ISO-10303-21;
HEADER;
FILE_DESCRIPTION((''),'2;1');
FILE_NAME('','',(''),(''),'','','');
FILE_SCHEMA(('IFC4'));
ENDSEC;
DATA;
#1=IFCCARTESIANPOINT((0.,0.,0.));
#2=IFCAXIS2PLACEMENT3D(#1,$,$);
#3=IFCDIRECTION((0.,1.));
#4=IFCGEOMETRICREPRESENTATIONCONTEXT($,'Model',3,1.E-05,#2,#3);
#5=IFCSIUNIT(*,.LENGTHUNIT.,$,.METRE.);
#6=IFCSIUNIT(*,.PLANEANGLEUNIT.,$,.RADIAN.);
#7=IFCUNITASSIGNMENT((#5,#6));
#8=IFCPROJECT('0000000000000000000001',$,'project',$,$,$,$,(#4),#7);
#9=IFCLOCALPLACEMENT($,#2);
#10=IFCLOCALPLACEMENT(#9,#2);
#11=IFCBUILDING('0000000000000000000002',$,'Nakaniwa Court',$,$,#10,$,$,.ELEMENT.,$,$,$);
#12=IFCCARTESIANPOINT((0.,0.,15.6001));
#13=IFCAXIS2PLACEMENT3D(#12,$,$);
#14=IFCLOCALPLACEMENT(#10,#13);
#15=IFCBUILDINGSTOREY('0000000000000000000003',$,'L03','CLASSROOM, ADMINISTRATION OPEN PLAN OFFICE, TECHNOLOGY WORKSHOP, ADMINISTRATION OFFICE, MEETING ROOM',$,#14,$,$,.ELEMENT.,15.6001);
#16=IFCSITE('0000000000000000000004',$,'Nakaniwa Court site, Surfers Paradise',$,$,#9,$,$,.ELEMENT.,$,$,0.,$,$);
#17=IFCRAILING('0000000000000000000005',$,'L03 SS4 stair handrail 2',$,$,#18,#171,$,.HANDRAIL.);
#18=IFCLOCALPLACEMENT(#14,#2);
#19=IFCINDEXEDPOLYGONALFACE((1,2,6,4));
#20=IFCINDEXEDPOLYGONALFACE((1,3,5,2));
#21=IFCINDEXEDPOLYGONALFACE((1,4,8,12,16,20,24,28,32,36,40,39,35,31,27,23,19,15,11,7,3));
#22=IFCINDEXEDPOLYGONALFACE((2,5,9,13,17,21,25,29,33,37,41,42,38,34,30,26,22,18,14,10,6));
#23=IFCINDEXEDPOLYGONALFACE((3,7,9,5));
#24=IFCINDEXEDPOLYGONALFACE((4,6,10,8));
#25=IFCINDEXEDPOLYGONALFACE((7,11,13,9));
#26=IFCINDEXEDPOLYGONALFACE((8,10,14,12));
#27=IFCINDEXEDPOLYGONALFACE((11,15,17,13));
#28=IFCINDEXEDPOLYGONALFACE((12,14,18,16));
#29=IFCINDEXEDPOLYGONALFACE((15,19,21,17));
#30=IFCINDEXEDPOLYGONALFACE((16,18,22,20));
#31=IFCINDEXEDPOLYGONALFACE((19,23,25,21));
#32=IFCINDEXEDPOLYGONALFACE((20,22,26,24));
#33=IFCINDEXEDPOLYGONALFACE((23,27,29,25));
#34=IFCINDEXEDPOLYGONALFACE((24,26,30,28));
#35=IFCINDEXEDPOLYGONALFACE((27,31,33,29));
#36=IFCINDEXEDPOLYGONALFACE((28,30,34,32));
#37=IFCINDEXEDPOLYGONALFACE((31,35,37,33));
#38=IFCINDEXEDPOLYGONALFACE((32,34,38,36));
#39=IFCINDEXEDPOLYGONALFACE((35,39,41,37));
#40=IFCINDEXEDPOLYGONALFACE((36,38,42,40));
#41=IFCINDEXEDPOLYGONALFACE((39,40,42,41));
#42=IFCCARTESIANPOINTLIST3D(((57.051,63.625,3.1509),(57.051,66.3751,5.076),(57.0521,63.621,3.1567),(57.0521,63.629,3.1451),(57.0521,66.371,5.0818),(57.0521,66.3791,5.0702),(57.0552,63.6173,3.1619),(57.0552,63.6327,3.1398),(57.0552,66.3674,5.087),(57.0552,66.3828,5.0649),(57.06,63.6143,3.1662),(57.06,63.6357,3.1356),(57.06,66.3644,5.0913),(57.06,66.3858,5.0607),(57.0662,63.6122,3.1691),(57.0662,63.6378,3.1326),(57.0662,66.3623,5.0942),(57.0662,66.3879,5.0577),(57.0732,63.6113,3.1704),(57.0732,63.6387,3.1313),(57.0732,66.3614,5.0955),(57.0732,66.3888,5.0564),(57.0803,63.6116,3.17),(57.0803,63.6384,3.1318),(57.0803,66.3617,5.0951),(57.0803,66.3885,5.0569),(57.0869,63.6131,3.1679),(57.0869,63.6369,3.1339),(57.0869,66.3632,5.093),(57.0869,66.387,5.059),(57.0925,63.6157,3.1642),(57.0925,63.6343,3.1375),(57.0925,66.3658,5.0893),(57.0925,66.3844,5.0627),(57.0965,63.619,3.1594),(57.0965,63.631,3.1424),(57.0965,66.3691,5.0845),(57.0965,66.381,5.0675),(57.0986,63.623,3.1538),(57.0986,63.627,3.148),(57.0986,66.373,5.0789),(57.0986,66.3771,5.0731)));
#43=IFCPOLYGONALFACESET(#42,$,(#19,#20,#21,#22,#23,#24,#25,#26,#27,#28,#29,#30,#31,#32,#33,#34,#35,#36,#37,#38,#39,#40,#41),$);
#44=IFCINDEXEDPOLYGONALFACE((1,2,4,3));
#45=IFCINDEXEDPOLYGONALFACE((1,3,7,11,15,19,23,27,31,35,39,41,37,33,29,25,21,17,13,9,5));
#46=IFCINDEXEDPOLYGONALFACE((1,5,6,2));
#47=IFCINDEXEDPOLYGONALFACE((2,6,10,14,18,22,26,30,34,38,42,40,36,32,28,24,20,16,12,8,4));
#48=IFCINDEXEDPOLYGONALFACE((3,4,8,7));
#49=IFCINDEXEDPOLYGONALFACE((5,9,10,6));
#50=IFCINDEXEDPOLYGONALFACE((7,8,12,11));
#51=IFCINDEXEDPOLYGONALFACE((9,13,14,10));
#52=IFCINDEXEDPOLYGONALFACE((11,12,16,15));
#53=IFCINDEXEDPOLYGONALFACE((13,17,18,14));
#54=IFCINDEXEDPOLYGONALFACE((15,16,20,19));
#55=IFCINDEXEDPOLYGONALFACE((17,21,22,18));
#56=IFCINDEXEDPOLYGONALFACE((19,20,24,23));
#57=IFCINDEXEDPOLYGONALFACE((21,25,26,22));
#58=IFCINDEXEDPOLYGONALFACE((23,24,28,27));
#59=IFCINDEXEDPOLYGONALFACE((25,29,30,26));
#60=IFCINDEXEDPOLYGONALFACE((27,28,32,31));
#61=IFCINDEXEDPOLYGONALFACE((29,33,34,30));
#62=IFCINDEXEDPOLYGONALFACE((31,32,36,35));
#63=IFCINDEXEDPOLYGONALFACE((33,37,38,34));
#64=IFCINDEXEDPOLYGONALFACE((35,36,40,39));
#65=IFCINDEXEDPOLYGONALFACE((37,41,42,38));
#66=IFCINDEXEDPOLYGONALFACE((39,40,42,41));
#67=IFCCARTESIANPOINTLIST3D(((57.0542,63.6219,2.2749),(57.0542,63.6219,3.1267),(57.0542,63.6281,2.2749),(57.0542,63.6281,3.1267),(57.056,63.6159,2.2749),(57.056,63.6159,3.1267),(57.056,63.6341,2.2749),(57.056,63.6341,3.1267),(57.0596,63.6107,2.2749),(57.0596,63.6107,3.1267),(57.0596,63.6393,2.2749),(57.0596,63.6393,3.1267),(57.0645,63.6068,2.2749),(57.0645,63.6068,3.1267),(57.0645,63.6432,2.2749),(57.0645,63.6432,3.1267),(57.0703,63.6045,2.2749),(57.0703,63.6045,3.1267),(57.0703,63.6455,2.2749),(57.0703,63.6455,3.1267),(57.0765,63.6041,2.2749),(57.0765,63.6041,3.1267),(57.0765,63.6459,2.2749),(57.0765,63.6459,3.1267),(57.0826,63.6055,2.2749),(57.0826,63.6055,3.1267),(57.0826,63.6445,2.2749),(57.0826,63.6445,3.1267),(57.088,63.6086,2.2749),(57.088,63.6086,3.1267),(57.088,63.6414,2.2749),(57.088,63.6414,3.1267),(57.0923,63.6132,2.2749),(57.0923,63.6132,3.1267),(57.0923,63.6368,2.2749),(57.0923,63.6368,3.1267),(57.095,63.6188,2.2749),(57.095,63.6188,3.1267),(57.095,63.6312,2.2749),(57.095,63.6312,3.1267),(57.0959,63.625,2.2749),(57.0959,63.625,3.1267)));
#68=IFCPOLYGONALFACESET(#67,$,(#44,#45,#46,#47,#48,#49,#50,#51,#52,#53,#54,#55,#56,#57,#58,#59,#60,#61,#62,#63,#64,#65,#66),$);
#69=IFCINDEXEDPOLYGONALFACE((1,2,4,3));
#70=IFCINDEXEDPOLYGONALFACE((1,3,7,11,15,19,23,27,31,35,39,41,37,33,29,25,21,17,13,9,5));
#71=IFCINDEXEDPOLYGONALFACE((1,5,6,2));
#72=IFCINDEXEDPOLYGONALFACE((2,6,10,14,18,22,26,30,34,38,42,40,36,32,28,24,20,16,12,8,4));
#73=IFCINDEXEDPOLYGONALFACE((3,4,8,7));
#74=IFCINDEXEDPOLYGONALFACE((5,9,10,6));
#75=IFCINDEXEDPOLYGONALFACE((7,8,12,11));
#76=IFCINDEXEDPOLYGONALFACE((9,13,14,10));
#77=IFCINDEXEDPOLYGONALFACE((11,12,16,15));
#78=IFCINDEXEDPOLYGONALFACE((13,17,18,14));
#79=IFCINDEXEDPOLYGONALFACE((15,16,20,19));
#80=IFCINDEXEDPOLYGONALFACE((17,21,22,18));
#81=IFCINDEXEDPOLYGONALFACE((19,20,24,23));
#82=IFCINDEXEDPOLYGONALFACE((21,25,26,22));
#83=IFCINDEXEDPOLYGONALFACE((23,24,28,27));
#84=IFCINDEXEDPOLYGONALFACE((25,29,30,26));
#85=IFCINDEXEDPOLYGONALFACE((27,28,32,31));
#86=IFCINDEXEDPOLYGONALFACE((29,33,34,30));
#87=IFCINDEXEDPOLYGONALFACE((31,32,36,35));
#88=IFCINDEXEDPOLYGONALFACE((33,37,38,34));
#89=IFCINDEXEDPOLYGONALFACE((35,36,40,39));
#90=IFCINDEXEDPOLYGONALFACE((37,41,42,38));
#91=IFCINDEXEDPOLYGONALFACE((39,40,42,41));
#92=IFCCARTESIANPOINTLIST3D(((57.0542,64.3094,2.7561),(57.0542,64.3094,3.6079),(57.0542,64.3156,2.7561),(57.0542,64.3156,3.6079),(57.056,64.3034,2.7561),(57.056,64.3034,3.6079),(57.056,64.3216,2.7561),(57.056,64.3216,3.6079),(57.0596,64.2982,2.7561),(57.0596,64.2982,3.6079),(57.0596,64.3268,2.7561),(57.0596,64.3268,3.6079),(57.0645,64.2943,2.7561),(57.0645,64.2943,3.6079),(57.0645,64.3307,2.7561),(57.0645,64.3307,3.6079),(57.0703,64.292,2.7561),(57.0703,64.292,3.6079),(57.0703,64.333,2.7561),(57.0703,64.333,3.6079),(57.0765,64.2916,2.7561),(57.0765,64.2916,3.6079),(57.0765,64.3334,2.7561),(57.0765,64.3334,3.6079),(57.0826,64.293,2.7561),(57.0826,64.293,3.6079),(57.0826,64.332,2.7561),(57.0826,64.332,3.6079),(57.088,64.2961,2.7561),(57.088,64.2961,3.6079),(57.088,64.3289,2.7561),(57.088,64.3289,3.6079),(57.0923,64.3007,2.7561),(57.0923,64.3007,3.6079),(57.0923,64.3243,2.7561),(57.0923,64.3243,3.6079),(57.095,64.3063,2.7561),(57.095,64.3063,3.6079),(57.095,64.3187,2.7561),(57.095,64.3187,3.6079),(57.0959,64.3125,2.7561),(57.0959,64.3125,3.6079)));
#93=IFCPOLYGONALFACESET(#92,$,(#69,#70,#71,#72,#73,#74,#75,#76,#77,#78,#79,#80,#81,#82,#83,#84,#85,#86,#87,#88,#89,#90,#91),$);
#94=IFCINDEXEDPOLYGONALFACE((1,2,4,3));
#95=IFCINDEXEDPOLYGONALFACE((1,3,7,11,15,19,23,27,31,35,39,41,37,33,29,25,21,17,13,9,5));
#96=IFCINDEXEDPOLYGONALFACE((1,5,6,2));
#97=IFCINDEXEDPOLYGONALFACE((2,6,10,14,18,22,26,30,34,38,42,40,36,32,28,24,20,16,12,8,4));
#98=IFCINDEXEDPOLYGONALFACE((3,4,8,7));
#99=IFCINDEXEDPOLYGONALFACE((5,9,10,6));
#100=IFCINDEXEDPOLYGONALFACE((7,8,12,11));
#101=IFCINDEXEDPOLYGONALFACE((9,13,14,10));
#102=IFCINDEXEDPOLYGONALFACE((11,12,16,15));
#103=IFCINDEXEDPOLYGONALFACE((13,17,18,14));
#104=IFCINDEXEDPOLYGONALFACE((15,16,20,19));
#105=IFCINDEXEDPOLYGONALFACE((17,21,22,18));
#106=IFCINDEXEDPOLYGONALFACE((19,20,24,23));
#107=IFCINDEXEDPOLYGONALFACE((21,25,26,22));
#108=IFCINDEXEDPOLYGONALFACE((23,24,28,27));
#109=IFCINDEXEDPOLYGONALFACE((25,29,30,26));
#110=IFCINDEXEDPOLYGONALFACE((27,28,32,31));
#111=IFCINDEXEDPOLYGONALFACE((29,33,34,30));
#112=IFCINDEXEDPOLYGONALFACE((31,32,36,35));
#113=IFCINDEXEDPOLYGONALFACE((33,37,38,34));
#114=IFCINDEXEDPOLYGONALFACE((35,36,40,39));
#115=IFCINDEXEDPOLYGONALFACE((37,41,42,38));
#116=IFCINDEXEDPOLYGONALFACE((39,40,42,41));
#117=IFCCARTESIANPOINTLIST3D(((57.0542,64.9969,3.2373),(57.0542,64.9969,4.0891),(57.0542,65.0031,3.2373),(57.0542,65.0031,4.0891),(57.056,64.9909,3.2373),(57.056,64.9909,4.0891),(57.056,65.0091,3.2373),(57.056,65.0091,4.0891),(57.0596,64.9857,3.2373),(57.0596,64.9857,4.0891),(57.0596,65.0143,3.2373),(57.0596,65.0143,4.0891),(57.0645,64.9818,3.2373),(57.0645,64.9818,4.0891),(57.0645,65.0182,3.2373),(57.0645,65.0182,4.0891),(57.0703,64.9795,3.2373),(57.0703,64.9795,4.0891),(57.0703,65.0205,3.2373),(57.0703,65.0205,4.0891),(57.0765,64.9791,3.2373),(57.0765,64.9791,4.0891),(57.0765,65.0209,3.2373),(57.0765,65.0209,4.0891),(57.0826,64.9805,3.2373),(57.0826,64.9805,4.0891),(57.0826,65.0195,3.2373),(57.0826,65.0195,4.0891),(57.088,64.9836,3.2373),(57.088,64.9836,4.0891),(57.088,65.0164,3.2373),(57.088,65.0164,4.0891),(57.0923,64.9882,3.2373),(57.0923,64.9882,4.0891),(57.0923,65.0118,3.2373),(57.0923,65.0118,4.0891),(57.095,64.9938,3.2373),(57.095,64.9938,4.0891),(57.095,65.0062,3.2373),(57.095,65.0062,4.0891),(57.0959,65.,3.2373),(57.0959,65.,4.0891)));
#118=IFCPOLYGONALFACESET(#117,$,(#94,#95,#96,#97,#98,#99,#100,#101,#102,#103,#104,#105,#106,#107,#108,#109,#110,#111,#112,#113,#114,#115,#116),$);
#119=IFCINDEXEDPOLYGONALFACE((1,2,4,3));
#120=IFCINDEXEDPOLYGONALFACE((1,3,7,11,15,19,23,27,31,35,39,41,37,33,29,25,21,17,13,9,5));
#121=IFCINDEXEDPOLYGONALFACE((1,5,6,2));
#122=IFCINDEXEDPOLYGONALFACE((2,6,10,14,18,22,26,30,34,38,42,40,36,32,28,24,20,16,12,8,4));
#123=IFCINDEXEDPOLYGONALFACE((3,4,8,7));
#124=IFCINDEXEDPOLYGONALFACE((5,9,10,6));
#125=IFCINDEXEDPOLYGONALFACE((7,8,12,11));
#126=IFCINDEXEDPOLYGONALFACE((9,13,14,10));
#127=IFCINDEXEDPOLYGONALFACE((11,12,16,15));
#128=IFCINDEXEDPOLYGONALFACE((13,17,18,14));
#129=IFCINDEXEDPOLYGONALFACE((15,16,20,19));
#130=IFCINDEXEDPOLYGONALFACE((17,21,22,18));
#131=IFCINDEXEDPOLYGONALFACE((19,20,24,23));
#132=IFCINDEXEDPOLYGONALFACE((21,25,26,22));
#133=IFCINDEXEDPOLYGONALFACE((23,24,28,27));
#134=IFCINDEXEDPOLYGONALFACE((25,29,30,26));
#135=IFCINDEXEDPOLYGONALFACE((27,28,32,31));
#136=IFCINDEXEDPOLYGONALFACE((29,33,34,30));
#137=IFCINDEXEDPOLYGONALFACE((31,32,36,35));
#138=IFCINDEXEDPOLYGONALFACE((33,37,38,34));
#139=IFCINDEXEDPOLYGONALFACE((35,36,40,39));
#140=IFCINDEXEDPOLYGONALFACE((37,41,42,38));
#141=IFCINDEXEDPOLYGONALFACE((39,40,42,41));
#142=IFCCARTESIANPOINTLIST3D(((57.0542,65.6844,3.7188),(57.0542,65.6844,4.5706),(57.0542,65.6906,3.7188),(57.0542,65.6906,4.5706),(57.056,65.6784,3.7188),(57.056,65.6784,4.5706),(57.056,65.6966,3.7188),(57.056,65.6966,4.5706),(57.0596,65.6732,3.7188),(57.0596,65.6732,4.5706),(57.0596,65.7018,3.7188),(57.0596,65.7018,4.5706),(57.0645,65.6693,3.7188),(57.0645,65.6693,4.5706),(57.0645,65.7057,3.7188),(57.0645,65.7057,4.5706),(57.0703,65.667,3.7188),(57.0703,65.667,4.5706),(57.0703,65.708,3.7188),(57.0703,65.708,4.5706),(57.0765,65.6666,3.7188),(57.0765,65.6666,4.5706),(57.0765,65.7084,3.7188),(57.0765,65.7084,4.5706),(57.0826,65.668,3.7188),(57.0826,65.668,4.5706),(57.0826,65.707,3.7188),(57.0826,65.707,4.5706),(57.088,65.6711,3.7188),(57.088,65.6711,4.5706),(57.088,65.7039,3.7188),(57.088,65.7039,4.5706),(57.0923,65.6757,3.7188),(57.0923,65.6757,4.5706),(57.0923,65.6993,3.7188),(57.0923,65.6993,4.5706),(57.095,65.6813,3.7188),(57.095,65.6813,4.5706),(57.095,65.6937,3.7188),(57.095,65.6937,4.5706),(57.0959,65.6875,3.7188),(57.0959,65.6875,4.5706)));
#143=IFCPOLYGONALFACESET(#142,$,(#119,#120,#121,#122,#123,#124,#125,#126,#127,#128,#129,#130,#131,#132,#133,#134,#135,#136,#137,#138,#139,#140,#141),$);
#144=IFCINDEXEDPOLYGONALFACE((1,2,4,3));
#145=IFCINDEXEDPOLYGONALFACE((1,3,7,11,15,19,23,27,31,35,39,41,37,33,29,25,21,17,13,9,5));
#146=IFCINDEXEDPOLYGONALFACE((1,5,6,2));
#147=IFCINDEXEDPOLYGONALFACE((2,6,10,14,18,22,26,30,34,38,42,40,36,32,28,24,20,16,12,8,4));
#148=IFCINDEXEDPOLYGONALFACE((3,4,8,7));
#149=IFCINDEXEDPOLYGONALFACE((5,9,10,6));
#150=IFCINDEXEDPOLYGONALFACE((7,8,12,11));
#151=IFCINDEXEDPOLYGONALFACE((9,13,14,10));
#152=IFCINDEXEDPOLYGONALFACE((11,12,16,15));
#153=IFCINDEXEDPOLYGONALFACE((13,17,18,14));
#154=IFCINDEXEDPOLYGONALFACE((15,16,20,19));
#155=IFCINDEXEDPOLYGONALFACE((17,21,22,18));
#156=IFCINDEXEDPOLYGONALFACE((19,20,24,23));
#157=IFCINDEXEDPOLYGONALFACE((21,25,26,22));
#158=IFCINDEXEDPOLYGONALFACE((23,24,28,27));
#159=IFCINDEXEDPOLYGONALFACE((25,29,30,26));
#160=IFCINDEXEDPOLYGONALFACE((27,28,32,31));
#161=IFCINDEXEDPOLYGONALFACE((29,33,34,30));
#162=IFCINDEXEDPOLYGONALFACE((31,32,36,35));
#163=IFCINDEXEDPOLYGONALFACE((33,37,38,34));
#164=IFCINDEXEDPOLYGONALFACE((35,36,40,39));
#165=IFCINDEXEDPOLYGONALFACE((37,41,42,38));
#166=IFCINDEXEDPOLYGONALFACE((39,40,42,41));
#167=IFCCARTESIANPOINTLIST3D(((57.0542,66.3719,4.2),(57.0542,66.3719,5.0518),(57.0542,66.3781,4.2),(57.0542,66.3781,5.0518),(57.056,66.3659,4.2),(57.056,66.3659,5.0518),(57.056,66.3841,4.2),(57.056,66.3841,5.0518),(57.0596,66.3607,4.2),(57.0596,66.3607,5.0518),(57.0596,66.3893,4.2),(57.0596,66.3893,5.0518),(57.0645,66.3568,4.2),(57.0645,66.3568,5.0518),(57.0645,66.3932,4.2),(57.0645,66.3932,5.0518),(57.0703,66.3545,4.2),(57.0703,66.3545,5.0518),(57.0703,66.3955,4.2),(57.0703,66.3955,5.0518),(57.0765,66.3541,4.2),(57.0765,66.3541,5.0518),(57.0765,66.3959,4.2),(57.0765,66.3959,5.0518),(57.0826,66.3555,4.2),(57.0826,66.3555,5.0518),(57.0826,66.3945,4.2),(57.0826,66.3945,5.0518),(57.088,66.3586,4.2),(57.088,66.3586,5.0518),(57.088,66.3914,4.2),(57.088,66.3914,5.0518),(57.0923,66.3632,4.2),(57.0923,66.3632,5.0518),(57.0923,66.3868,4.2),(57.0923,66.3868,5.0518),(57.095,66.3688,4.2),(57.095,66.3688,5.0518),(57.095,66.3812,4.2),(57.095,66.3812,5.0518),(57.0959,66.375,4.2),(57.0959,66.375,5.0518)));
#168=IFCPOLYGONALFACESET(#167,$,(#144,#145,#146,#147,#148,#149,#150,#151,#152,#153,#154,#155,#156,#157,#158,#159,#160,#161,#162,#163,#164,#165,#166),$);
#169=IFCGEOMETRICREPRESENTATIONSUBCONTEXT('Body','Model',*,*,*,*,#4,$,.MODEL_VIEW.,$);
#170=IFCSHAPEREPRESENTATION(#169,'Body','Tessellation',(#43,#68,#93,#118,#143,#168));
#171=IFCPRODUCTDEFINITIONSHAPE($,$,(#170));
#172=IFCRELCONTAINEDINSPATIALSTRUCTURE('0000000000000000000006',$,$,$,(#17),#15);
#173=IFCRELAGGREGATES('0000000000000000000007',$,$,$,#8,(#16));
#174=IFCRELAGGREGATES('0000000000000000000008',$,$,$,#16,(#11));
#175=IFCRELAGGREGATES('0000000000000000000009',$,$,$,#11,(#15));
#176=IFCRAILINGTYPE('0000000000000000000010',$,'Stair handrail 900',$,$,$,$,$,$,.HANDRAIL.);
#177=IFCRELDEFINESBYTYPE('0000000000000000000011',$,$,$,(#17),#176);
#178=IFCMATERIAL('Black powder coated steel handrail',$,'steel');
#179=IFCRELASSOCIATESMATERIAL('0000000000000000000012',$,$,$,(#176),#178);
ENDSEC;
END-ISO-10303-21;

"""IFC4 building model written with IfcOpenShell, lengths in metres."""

from ifc_helpers import new_model, si_unit, direction, frame, origin, origin_2d, place, context, subcontext, project, spatial, circle, extrude, material, type_object, element, save


model = new_model("IFC4")

# Units and contexts
model_context = context("Model", 3, precision=1e-05, world=origin(), true_north=direction((0.0, 1.0)))
body_context = subcontext(model_context, "Body", "Model", "MODEL_VIEW")
ifc_project = project(units=[si_unit("LENGTHUNIT", "METRE"), si_unit("PLANEANGLEUNIT", "RADIAN")], contexts=[model_context])

# Site, building, storey
site_placement = place(None, origin())
site = spatial("IfcSite", under=ifc_project, at=site_placement, Name="Nakaniwa Court site, Surfers Paradise", CompositionType="ELEMENT", RefElevation=0.0)
building_placement = place(site_placement, origin())
building = spatial("IfcBuilding", under=site, at=building_placement, Name="Nakaniwa Court", CompositionType="ELEMENT")
storey_placement = place(building_placement, frame((0.0, 0.0, 15.6001)))
storey = spatial("IfcBuildingStorey", under=building, at=storey_placement, Name="L03", Description="CLASSROOM, ADMINISTRATION OPEN PLAN OFFICE, TECHNOLOGY WORKSHOP, ADMINISTRATION OFFICE, MEETING ROOM", CompositionType="ELEMENT", Elevation=15.6001)

# Railing
ifc_material_1 = material(Name="Black powder coated steel handrail", Category="steel")
railing_type = type_object("IfcRailingType", Name="Stair handrail 900", PredefinedType="HANDRAIL", material=ifc_material_1)
railing_placement = place(storey_placement, frame((57.075, 63.625, 2.2749)))
element("IfcRailing", 1, at=railing_placement, inside=storey, type_object=railing_type, Name="L03 SS4 stair handrail 2", PredefinedType="HANDRAIL", context=body_context, shape_type="SweptSolid", body=[
    extrude(circle(Radius=0.0239, at=origin_2d()), frame((0.0, 0.0, 0.876), z_axis=(0.0, 0.819225, 0.573472), x_axis=(-1.0, 0.0, 0.0)), (0.0, 0.0, 1.0), 3.3569),
    extrude(circle(Radius=0.021, at=origin_2d()), origin(), (0.0, 0.0, 1.0), 0.8518),
    extrude(circle(Radius=0.021, at=origin_2d()), frame((0.0, 0.6875, 0.4812)), (0.0, 0.0, 1.0), 0.8518),
    extrude(circle(Radius=0.021, at=origin_2d()), frame((0.0, 1.375, 0.9624)), (0.0, 0.0, 1.0), 0.8518),
    extrude(circle(Radius=0.021, at=origin_2d()), frame((0.0, 2.0625, 1.4438)), (0.0, 0.0, 1.0), 0.8518),
    extrude(circle(Radius=0.021, at=origin_2d()), frame((0.0, 2.75, 1.925)), (0.0, 0.0, 1.0), 0.8518),
])

save(model, "model.ifc")
